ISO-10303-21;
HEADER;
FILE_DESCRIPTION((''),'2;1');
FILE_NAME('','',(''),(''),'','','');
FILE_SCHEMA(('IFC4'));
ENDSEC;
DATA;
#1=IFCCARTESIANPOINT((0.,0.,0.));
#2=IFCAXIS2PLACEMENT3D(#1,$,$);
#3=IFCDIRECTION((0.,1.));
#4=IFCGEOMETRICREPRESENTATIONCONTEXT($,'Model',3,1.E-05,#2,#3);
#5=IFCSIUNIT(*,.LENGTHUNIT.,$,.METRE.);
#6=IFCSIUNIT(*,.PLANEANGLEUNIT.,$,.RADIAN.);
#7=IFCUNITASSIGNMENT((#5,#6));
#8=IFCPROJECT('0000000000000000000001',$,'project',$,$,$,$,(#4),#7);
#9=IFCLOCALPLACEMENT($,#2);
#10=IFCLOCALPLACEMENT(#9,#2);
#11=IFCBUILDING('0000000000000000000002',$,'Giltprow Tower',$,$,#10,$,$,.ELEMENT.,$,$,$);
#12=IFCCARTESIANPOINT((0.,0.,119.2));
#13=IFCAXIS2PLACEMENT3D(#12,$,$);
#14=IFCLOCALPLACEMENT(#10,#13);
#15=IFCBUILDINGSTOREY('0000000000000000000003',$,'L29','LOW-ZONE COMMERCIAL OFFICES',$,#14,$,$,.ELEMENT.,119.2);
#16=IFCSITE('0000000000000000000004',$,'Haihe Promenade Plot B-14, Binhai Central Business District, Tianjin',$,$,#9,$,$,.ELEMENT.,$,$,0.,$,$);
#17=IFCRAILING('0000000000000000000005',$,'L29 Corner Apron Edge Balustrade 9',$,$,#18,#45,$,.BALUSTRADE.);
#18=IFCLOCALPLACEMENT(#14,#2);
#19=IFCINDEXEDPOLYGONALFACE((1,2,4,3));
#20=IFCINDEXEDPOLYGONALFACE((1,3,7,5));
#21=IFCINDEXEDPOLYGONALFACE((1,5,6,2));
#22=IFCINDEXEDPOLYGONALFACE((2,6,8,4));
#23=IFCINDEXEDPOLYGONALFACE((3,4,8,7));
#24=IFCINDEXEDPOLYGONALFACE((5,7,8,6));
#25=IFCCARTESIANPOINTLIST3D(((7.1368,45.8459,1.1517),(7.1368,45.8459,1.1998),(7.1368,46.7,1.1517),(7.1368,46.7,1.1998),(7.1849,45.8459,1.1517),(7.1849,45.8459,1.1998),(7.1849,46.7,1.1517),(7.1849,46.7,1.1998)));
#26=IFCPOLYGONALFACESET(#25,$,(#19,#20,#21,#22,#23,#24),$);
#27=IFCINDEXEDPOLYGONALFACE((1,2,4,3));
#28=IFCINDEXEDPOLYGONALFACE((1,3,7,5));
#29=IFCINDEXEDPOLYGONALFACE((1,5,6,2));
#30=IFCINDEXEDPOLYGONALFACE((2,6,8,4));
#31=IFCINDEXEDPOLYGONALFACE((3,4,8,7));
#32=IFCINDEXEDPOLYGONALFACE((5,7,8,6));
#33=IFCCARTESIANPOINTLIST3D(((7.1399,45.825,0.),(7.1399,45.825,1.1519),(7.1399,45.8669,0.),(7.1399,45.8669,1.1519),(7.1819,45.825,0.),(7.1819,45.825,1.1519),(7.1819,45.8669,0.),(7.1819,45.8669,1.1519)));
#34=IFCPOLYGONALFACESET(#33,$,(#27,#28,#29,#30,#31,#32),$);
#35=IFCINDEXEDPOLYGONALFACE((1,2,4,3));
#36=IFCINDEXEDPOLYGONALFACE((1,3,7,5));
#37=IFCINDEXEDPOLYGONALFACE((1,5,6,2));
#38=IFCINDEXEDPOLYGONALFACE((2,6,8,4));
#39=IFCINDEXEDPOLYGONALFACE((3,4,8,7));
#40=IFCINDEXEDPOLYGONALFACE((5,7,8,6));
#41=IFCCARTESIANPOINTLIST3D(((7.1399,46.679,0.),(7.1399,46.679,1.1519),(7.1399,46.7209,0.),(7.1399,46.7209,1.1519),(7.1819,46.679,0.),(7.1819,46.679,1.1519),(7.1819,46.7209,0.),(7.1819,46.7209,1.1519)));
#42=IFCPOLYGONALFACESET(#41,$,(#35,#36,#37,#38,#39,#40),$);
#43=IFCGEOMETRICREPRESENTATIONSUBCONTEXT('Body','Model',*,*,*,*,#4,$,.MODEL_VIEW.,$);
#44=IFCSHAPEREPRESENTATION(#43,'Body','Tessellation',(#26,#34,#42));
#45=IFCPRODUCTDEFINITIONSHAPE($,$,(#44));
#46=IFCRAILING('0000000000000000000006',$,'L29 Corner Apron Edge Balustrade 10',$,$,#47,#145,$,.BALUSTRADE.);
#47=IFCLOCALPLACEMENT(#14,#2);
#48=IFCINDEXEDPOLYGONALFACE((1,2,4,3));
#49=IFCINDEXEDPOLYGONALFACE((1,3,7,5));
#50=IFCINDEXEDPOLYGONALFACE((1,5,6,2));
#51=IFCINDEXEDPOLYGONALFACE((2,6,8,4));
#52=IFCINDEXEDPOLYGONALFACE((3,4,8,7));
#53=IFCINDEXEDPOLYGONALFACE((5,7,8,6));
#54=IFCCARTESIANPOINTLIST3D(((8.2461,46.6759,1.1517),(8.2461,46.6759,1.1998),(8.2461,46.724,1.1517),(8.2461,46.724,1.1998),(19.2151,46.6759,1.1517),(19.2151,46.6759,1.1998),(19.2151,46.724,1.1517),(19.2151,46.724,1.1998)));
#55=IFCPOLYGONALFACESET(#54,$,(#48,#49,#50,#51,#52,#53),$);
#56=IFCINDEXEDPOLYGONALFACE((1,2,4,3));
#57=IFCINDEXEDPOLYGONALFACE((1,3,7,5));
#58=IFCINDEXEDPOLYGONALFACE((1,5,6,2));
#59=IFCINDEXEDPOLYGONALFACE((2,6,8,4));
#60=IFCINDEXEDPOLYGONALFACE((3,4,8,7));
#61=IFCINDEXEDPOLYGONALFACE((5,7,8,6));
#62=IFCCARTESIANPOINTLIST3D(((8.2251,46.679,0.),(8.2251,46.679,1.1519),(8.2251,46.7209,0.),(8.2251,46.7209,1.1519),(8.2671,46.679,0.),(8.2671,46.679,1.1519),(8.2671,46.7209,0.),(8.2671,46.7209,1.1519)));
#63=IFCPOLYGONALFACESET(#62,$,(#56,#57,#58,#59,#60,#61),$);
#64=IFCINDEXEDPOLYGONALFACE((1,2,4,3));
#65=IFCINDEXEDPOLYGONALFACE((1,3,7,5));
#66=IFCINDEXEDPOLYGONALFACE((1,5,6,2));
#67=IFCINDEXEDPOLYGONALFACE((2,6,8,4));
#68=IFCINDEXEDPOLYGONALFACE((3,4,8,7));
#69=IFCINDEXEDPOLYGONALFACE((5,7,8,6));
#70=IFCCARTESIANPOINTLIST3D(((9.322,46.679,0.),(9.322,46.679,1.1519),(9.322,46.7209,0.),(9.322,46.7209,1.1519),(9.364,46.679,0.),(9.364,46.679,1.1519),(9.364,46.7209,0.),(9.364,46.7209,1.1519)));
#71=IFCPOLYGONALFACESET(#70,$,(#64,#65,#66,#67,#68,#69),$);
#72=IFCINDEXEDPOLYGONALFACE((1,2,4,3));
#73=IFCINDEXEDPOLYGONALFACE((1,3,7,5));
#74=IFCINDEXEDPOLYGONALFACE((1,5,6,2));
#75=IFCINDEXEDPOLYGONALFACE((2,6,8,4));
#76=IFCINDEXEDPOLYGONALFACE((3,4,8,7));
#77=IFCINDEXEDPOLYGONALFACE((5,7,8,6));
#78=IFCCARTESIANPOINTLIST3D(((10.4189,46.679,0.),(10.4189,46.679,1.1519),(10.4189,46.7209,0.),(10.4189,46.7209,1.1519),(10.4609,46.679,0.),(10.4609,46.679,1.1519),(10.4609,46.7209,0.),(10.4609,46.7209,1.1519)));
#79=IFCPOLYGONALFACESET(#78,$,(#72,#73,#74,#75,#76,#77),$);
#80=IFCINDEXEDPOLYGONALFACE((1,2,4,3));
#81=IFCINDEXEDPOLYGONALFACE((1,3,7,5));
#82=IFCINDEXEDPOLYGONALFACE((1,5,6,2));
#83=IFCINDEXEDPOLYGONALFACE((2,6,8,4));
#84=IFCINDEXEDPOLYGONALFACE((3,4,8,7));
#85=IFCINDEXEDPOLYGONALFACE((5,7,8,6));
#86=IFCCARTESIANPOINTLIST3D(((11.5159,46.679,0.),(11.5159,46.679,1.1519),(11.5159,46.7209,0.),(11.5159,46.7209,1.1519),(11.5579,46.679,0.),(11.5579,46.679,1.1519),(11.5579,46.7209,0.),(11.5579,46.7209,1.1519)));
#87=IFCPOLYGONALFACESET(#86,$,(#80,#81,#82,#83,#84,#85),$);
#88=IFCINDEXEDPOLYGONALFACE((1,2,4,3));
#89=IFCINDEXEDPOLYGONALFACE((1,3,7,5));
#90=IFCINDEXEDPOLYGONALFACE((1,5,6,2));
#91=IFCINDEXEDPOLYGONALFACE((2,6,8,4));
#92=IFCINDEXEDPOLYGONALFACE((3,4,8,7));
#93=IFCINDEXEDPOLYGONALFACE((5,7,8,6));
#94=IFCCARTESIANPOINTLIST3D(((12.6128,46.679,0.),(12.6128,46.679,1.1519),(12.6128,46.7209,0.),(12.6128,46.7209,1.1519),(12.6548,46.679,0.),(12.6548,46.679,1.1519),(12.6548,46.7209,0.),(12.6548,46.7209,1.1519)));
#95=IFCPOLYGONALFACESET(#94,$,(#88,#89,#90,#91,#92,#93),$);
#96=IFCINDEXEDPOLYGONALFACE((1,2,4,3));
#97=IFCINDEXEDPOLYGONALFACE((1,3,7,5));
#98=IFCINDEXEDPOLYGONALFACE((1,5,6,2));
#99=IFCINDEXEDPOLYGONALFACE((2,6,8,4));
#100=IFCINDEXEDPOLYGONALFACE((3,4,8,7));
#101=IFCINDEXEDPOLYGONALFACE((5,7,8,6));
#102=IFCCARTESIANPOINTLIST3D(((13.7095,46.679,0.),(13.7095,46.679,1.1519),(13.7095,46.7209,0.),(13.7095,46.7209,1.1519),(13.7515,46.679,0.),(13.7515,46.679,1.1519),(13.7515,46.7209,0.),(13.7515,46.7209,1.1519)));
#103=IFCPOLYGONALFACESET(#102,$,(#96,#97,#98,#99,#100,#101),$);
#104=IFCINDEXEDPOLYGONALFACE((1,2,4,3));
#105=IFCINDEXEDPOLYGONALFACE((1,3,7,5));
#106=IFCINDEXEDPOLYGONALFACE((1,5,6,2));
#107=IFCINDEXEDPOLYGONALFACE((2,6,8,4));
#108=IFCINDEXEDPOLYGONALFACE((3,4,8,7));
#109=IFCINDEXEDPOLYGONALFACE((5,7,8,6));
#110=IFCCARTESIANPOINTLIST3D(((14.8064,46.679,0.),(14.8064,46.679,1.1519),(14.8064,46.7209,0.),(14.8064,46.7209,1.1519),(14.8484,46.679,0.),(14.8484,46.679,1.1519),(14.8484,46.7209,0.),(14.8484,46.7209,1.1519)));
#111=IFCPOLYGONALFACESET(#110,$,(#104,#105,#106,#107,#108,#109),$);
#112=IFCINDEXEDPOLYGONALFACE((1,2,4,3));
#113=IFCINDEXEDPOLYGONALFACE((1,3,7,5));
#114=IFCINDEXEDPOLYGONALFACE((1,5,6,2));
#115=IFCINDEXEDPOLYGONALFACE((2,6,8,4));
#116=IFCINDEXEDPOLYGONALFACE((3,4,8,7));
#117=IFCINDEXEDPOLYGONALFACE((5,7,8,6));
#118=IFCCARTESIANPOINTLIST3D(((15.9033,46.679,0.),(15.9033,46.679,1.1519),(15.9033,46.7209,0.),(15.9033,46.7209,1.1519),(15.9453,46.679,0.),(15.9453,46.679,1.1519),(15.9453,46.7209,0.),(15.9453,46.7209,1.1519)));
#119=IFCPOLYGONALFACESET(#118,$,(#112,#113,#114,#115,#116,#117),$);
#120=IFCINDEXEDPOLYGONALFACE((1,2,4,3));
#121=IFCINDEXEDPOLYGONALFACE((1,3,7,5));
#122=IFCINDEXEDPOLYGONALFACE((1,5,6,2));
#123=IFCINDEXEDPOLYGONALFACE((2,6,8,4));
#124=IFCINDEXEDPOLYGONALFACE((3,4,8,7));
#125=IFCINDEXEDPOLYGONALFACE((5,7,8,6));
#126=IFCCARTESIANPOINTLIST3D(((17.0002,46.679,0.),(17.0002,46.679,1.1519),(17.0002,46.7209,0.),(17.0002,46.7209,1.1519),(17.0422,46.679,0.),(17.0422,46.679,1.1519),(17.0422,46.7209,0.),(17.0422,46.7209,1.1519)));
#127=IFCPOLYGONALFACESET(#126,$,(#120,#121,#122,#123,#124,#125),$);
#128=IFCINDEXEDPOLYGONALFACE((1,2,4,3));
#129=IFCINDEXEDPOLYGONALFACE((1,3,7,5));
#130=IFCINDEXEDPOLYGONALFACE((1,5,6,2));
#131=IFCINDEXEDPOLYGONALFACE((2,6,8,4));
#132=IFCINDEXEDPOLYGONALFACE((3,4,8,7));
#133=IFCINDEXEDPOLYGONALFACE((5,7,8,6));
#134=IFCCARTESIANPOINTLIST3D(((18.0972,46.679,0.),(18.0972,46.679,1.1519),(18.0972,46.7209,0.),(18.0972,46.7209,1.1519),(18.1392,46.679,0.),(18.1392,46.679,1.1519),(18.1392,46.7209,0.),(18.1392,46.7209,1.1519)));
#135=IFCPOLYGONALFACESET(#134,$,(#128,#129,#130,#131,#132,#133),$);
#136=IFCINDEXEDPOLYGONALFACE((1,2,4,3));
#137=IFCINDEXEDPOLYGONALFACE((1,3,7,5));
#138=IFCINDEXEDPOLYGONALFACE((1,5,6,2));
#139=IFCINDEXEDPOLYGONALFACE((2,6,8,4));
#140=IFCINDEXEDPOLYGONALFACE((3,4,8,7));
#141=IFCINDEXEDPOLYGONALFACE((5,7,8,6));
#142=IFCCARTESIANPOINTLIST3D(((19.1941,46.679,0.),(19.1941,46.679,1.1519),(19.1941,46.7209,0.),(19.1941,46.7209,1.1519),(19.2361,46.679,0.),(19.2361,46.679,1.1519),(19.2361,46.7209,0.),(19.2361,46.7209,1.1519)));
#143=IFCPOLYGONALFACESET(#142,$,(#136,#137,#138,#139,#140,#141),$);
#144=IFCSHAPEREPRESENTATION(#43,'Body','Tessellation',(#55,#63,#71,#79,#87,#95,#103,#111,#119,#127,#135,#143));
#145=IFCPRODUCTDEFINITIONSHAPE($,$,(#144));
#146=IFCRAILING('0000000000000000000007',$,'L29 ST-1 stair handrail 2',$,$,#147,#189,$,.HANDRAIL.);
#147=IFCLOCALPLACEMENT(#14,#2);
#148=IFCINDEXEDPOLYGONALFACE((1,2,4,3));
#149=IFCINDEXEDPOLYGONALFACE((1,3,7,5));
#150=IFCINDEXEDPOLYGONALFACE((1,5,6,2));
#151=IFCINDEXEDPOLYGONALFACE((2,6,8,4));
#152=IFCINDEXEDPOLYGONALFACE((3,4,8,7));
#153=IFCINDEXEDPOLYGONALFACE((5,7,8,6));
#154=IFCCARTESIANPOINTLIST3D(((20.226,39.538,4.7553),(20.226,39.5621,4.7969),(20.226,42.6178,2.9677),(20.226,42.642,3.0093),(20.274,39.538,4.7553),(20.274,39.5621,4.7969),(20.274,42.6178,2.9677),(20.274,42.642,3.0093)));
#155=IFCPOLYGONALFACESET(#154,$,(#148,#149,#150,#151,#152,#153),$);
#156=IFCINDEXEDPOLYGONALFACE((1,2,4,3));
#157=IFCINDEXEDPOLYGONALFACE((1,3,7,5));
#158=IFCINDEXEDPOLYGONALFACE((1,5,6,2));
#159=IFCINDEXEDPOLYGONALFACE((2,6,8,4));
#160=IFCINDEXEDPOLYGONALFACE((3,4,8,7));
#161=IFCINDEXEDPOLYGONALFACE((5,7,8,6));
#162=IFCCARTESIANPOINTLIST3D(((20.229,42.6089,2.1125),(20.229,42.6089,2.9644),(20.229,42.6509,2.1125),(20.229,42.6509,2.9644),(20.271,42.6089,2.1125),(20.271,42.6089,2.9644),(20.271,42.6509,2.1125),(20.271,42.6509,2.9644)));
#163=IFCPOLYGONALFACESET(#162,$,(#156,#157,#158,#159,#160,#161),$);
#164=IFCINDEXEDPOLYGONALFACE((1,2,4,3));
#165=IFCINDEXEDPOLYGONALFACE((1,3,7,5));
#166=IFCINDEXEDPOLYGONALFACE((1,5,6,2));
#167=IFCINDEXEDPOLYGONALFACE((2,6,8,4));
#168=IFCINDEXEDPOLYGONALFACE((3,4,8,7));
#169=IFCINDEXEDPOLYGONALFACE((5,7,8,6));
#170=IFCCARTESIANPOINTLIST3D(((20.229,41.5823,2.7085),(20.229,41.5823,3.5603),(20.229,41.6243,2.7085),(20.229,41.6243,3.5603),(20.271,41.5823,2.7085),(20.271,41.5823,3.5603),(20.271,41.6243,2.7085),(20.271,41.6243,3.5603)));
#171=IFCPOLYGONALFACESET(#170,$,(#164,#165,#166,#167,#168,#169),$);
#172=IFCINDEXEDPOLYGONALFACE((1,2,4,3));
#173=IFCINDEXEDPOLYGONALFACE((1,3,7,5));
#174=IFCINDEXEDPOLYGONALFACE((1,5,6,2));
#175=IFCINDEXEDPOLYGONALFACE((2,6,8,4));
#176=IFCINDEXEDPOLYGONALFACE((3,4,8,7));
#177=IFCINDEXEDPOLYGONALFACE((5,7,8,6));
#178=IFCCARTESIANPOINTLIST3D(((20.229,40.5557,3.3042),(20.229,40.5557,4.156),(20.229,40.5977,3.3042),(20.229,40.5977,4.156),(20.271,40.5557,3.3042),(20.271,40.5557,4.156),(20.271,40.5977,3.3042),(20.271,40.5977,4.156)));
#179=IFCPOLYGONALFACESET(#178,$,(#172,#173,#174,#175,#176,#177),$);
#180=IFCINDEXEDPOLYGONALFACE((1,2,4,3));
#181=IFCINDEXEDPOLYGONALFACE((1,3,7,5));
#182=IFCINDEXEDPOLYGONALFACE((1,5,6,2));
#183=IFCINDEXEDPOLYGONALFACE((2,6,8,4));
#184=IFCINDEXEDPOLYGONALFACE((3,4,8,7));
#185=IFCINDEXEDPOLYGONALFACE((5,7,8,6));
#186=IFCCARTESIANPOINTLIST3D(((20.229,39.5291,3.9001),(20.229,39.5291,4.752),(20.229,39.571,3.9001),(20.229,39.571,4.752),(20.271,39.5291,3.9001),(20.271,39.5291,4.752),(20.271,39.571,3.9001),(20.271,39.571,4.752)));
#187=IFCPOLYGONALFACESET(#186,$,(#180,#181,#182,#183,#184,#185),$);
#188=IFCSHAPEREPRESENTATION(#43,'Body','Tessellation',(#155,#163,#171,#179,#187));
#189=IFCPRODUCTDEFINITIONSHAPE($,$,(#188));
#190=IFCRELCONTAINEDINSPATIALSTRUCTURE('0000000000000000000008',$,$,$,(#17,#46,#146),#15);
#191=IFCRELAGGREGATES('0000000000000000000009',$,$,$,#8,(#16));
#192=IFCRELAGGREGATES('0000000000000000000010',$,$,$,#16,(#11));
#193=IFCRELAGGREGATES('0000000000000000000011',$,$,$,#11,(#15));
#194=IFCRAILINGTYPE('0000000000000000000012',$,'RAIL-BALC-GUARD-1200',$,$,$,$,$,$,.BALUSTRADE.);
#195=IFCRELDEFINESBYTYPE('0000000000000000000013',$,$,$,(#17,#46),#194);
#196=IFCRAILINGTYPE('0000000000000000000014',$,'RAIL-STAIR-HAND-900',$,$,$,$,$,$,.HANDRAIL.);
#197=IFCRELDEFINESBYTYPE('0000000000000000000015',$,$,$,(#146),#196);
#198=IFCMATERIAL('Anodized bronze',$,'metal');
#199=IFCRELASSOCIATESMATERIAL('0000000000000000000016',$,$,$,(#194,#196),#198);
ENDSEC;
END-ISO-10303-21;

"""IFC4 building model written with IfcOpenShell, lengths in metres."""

from ifc_helpers import new_model, si_unit, direction, frame, origin, origin_2d, place, context, subcontext, project, spatial, rectangle, extrude, material, type_object, element, save


model = new_model("IFC4")

# Units and contexts
model_context = context("Model", 3, precision=1e-05, world=origin(), true_north=direction((0.0, 1.0)))
body_context = subcontext(model_context, "Body", "Model", "MODEL_VIEW")
ifc_project = project(units=[si_unit("LENGTHUNIT", "METRE"), si_unit("PLANEANGLEUNIT", "RADIAN")], contexts=[model_context])

# Site, building, storey
site_placement = place(None, origin())
site = spatial("IfcSite", under=ifc_project, at=site_placement, Name="Haihe Promenade Plot B-14, Binhai Central Business District, Tianjin", CompositionType="ELEMENT", RefElevation=0.0)
building_placement = place(site_placement, origin())
building = spatial("IfcBuilding", under=site, at=building_placement, Name="Giltprow Tower", CompositionType="ELEMENT")
storey_placement = place(building_placement, frame((0.0, 0.0, 119.2)))
storey = spatial("IfcBuildingStorey", under=building, at=storey_placement, Name="L29", Description="LOW-ZONE COMMERCIAL OFFICES", CompositionType="ELEMENT", Elevation=119.2)

# Railings
ifc_material_1 = material(Name="Anodized bronze", Category="metal")
railing_type_1 = type_object("IfcRailingType", Name="RAIL-BALC-GUARD-1200", PredefinedType="BALUSTRADE", material=ifc_material_1)
railing_1_placement = place(storey_placement, frame((7.1609, 45.8459, 0.0)))
element("IfcRailing", 1, at=railing_1_placement, inside=storey, type_object=railing_type_1, Name="L29 Corner Apron Edge Balustrade 9", PredefinedType="BALUSTRADE", context=body_context, shape_type="SweptSolid", body=[
    extrude(rectangle(XDim=0.0481, YDim=0.0481, at=origin_2d()), frame((0.0, 0.0, 1.1758), z_axis=(0.0, 1.0, 0.0), x_axis=(-1.0, 0.0, 0.0)), (0.0, 0.0, 1.0), 0.854),
    extrude(rectangle(XDim=0.042, YDim=0.042, at=origin_2d()), origin(), (0.0, 0.0, 1.0), 1.1519),
    extrude(rectangle(XDim=0.042, YDim=0.042, at=origin_2d()), frame((0.0, 0.854, 0.0)), (0.0, 0.0, 1.0), 1.1519),
])
railing_2_placement = place(storey_placement, frame((8.2461, 46.7, 0.0)))
element("IfcRailing", 2, at=railing_2_placement, inside=storey, type_object=railing_type_1, Name="L29 Corner Apron Edge Balustrade 10", PredefinedType="BALUSTRADE", context=body_context, shape_type="SweptSolid", body=[
    extrude(rectangle(XDim=0.0481, YDim=0.0481, at=origin_2d()), frame((0.0, 0.0, 1.1758), z_axis=(1.0, 0.0, 0.0), x_axis=(0.0, 1.0, 0.0)), (0.0, 0.0, 1.0), 10.969),
    extrude(rectangle(XDim=0.042, YDim=0.042, at=origin_2d()), origin(), (0.0, 0.0, 1.0), 1.1519),
    extrude(rectangle(XDim=0.042, YDim=0.042, at=origin_2d()), frame((1.0969, 0.0, 0.0)), (0.0, 0.0, 1.0), 1.1519),
    extrude(rectangle(XDim=0.042, YDim=0.042, at=origin_2d()), frame((2.1938, 0.0, 0.0)), (0.0, 0.0, 1.0), 1.1519),
    extrude(rectangle(XDim=0.042, YDim=0.042, at=origin_2d()), frame((3.2908, 0.0, 0.0)), (0.0, 0.0, 1.0), 1.1519),
    extrude(rectangle(XDim=0.042, YDim=0.042, at=origin_2d()), frame((4.3877, 0.0, 0.0)), (0.0, 0.0, 1.0), 1.1519),
    extrude(rectangle(XDim=0.042, YDim=0.042, at=origin_2d()), frame((5.4844, 0.0, 0.0)), (0.0, 0.0, 1.0), 1.1519),
    extrude(rectangle(XDim=0.042, YDim=0.042, at=origin_2d()), frame((6.5813, 0.0, 0.0)), (0.0, 0.0, 1.0), 1.1519),
    extrude(rectangle(XDim=0.042, YDim=0.042, at=origin_2d()), frame((7.6782, 0.0, 0.0)), (0.0, 0.0, 1.0), 1.1519),
    extrude(rectangle(XDim=0.042, YDim=0.042, at=origin_2d()), frame((8.7751, 0.0, 0.0)), (0.0, 0.0, 1.0), 1.1519),
    extrude(rectangle(XDim=0.042, YDim=0.042, at=origin_2d()), frame((9.8721, 0.0, 0.0)), (0.0, 0.0, 1.0), 1.1519),
    extrude(rectangle(XDim=0.042, YDim=0.042, at=origin_2d()), frame((10.969, 0.0, 0.0)), (0.0, 0.0, 1.0), 1.1519),
])
railing_type_2 = type_object("IfcRailingType", Name="RAIL-STAIR-HAND-900", PredefinedType="HANDRAIL", material=ifc_material_1)
railing_3_placement = place(storey_placement, frame((20.25, 42.6299, 2.1125)))
element("IfcRailing", 3, at=railing_3_placement, inside=storey, type_object=railing_type_2, Name="L29 ST-1 stair handrail 2", PredefinedType="HANDRAIL", context=body_context, shape_type="SweptSolid", body=[
    extrude(rectangle(XDim=0.0481, YDim=0.0481, at=origin_2d()), frame((0.0, 0.0, 0.876), z_axis=(0.0, -0.864873, 0.50199), x_axis=(1.0, 0.0, 0.0)), (0.0, 0.0, 1.0), 3.561),
    extrude(rectangle(XDim=0.042, YDim=0.042, at=origin_2d()), origin(), (0.0, 0.0, 1.0), 0.8518),
    extrude(rectangle(XDim=0.042, YDim=0.042, at=origin_2d()), frame((0.0, -1.0266, 0.5959)), (0.0, 0.0, 1.0), 0.8518),
    extrude(rectangle(XDim=0.042, YDim=0.042, at=origin_2d()), frame((0.0, -2.0532, 1.1917)), (0.0, 0.0, 1.0), 0.8518),
    extrude(rectangle(XDim=0.042, YDim=0.042, at=origin_2d()), frame((0.0, -3.0798, 1.7876)), (0.0, 0.0, 1.0), 0.8518),
])

save(model, "model.ifc")
